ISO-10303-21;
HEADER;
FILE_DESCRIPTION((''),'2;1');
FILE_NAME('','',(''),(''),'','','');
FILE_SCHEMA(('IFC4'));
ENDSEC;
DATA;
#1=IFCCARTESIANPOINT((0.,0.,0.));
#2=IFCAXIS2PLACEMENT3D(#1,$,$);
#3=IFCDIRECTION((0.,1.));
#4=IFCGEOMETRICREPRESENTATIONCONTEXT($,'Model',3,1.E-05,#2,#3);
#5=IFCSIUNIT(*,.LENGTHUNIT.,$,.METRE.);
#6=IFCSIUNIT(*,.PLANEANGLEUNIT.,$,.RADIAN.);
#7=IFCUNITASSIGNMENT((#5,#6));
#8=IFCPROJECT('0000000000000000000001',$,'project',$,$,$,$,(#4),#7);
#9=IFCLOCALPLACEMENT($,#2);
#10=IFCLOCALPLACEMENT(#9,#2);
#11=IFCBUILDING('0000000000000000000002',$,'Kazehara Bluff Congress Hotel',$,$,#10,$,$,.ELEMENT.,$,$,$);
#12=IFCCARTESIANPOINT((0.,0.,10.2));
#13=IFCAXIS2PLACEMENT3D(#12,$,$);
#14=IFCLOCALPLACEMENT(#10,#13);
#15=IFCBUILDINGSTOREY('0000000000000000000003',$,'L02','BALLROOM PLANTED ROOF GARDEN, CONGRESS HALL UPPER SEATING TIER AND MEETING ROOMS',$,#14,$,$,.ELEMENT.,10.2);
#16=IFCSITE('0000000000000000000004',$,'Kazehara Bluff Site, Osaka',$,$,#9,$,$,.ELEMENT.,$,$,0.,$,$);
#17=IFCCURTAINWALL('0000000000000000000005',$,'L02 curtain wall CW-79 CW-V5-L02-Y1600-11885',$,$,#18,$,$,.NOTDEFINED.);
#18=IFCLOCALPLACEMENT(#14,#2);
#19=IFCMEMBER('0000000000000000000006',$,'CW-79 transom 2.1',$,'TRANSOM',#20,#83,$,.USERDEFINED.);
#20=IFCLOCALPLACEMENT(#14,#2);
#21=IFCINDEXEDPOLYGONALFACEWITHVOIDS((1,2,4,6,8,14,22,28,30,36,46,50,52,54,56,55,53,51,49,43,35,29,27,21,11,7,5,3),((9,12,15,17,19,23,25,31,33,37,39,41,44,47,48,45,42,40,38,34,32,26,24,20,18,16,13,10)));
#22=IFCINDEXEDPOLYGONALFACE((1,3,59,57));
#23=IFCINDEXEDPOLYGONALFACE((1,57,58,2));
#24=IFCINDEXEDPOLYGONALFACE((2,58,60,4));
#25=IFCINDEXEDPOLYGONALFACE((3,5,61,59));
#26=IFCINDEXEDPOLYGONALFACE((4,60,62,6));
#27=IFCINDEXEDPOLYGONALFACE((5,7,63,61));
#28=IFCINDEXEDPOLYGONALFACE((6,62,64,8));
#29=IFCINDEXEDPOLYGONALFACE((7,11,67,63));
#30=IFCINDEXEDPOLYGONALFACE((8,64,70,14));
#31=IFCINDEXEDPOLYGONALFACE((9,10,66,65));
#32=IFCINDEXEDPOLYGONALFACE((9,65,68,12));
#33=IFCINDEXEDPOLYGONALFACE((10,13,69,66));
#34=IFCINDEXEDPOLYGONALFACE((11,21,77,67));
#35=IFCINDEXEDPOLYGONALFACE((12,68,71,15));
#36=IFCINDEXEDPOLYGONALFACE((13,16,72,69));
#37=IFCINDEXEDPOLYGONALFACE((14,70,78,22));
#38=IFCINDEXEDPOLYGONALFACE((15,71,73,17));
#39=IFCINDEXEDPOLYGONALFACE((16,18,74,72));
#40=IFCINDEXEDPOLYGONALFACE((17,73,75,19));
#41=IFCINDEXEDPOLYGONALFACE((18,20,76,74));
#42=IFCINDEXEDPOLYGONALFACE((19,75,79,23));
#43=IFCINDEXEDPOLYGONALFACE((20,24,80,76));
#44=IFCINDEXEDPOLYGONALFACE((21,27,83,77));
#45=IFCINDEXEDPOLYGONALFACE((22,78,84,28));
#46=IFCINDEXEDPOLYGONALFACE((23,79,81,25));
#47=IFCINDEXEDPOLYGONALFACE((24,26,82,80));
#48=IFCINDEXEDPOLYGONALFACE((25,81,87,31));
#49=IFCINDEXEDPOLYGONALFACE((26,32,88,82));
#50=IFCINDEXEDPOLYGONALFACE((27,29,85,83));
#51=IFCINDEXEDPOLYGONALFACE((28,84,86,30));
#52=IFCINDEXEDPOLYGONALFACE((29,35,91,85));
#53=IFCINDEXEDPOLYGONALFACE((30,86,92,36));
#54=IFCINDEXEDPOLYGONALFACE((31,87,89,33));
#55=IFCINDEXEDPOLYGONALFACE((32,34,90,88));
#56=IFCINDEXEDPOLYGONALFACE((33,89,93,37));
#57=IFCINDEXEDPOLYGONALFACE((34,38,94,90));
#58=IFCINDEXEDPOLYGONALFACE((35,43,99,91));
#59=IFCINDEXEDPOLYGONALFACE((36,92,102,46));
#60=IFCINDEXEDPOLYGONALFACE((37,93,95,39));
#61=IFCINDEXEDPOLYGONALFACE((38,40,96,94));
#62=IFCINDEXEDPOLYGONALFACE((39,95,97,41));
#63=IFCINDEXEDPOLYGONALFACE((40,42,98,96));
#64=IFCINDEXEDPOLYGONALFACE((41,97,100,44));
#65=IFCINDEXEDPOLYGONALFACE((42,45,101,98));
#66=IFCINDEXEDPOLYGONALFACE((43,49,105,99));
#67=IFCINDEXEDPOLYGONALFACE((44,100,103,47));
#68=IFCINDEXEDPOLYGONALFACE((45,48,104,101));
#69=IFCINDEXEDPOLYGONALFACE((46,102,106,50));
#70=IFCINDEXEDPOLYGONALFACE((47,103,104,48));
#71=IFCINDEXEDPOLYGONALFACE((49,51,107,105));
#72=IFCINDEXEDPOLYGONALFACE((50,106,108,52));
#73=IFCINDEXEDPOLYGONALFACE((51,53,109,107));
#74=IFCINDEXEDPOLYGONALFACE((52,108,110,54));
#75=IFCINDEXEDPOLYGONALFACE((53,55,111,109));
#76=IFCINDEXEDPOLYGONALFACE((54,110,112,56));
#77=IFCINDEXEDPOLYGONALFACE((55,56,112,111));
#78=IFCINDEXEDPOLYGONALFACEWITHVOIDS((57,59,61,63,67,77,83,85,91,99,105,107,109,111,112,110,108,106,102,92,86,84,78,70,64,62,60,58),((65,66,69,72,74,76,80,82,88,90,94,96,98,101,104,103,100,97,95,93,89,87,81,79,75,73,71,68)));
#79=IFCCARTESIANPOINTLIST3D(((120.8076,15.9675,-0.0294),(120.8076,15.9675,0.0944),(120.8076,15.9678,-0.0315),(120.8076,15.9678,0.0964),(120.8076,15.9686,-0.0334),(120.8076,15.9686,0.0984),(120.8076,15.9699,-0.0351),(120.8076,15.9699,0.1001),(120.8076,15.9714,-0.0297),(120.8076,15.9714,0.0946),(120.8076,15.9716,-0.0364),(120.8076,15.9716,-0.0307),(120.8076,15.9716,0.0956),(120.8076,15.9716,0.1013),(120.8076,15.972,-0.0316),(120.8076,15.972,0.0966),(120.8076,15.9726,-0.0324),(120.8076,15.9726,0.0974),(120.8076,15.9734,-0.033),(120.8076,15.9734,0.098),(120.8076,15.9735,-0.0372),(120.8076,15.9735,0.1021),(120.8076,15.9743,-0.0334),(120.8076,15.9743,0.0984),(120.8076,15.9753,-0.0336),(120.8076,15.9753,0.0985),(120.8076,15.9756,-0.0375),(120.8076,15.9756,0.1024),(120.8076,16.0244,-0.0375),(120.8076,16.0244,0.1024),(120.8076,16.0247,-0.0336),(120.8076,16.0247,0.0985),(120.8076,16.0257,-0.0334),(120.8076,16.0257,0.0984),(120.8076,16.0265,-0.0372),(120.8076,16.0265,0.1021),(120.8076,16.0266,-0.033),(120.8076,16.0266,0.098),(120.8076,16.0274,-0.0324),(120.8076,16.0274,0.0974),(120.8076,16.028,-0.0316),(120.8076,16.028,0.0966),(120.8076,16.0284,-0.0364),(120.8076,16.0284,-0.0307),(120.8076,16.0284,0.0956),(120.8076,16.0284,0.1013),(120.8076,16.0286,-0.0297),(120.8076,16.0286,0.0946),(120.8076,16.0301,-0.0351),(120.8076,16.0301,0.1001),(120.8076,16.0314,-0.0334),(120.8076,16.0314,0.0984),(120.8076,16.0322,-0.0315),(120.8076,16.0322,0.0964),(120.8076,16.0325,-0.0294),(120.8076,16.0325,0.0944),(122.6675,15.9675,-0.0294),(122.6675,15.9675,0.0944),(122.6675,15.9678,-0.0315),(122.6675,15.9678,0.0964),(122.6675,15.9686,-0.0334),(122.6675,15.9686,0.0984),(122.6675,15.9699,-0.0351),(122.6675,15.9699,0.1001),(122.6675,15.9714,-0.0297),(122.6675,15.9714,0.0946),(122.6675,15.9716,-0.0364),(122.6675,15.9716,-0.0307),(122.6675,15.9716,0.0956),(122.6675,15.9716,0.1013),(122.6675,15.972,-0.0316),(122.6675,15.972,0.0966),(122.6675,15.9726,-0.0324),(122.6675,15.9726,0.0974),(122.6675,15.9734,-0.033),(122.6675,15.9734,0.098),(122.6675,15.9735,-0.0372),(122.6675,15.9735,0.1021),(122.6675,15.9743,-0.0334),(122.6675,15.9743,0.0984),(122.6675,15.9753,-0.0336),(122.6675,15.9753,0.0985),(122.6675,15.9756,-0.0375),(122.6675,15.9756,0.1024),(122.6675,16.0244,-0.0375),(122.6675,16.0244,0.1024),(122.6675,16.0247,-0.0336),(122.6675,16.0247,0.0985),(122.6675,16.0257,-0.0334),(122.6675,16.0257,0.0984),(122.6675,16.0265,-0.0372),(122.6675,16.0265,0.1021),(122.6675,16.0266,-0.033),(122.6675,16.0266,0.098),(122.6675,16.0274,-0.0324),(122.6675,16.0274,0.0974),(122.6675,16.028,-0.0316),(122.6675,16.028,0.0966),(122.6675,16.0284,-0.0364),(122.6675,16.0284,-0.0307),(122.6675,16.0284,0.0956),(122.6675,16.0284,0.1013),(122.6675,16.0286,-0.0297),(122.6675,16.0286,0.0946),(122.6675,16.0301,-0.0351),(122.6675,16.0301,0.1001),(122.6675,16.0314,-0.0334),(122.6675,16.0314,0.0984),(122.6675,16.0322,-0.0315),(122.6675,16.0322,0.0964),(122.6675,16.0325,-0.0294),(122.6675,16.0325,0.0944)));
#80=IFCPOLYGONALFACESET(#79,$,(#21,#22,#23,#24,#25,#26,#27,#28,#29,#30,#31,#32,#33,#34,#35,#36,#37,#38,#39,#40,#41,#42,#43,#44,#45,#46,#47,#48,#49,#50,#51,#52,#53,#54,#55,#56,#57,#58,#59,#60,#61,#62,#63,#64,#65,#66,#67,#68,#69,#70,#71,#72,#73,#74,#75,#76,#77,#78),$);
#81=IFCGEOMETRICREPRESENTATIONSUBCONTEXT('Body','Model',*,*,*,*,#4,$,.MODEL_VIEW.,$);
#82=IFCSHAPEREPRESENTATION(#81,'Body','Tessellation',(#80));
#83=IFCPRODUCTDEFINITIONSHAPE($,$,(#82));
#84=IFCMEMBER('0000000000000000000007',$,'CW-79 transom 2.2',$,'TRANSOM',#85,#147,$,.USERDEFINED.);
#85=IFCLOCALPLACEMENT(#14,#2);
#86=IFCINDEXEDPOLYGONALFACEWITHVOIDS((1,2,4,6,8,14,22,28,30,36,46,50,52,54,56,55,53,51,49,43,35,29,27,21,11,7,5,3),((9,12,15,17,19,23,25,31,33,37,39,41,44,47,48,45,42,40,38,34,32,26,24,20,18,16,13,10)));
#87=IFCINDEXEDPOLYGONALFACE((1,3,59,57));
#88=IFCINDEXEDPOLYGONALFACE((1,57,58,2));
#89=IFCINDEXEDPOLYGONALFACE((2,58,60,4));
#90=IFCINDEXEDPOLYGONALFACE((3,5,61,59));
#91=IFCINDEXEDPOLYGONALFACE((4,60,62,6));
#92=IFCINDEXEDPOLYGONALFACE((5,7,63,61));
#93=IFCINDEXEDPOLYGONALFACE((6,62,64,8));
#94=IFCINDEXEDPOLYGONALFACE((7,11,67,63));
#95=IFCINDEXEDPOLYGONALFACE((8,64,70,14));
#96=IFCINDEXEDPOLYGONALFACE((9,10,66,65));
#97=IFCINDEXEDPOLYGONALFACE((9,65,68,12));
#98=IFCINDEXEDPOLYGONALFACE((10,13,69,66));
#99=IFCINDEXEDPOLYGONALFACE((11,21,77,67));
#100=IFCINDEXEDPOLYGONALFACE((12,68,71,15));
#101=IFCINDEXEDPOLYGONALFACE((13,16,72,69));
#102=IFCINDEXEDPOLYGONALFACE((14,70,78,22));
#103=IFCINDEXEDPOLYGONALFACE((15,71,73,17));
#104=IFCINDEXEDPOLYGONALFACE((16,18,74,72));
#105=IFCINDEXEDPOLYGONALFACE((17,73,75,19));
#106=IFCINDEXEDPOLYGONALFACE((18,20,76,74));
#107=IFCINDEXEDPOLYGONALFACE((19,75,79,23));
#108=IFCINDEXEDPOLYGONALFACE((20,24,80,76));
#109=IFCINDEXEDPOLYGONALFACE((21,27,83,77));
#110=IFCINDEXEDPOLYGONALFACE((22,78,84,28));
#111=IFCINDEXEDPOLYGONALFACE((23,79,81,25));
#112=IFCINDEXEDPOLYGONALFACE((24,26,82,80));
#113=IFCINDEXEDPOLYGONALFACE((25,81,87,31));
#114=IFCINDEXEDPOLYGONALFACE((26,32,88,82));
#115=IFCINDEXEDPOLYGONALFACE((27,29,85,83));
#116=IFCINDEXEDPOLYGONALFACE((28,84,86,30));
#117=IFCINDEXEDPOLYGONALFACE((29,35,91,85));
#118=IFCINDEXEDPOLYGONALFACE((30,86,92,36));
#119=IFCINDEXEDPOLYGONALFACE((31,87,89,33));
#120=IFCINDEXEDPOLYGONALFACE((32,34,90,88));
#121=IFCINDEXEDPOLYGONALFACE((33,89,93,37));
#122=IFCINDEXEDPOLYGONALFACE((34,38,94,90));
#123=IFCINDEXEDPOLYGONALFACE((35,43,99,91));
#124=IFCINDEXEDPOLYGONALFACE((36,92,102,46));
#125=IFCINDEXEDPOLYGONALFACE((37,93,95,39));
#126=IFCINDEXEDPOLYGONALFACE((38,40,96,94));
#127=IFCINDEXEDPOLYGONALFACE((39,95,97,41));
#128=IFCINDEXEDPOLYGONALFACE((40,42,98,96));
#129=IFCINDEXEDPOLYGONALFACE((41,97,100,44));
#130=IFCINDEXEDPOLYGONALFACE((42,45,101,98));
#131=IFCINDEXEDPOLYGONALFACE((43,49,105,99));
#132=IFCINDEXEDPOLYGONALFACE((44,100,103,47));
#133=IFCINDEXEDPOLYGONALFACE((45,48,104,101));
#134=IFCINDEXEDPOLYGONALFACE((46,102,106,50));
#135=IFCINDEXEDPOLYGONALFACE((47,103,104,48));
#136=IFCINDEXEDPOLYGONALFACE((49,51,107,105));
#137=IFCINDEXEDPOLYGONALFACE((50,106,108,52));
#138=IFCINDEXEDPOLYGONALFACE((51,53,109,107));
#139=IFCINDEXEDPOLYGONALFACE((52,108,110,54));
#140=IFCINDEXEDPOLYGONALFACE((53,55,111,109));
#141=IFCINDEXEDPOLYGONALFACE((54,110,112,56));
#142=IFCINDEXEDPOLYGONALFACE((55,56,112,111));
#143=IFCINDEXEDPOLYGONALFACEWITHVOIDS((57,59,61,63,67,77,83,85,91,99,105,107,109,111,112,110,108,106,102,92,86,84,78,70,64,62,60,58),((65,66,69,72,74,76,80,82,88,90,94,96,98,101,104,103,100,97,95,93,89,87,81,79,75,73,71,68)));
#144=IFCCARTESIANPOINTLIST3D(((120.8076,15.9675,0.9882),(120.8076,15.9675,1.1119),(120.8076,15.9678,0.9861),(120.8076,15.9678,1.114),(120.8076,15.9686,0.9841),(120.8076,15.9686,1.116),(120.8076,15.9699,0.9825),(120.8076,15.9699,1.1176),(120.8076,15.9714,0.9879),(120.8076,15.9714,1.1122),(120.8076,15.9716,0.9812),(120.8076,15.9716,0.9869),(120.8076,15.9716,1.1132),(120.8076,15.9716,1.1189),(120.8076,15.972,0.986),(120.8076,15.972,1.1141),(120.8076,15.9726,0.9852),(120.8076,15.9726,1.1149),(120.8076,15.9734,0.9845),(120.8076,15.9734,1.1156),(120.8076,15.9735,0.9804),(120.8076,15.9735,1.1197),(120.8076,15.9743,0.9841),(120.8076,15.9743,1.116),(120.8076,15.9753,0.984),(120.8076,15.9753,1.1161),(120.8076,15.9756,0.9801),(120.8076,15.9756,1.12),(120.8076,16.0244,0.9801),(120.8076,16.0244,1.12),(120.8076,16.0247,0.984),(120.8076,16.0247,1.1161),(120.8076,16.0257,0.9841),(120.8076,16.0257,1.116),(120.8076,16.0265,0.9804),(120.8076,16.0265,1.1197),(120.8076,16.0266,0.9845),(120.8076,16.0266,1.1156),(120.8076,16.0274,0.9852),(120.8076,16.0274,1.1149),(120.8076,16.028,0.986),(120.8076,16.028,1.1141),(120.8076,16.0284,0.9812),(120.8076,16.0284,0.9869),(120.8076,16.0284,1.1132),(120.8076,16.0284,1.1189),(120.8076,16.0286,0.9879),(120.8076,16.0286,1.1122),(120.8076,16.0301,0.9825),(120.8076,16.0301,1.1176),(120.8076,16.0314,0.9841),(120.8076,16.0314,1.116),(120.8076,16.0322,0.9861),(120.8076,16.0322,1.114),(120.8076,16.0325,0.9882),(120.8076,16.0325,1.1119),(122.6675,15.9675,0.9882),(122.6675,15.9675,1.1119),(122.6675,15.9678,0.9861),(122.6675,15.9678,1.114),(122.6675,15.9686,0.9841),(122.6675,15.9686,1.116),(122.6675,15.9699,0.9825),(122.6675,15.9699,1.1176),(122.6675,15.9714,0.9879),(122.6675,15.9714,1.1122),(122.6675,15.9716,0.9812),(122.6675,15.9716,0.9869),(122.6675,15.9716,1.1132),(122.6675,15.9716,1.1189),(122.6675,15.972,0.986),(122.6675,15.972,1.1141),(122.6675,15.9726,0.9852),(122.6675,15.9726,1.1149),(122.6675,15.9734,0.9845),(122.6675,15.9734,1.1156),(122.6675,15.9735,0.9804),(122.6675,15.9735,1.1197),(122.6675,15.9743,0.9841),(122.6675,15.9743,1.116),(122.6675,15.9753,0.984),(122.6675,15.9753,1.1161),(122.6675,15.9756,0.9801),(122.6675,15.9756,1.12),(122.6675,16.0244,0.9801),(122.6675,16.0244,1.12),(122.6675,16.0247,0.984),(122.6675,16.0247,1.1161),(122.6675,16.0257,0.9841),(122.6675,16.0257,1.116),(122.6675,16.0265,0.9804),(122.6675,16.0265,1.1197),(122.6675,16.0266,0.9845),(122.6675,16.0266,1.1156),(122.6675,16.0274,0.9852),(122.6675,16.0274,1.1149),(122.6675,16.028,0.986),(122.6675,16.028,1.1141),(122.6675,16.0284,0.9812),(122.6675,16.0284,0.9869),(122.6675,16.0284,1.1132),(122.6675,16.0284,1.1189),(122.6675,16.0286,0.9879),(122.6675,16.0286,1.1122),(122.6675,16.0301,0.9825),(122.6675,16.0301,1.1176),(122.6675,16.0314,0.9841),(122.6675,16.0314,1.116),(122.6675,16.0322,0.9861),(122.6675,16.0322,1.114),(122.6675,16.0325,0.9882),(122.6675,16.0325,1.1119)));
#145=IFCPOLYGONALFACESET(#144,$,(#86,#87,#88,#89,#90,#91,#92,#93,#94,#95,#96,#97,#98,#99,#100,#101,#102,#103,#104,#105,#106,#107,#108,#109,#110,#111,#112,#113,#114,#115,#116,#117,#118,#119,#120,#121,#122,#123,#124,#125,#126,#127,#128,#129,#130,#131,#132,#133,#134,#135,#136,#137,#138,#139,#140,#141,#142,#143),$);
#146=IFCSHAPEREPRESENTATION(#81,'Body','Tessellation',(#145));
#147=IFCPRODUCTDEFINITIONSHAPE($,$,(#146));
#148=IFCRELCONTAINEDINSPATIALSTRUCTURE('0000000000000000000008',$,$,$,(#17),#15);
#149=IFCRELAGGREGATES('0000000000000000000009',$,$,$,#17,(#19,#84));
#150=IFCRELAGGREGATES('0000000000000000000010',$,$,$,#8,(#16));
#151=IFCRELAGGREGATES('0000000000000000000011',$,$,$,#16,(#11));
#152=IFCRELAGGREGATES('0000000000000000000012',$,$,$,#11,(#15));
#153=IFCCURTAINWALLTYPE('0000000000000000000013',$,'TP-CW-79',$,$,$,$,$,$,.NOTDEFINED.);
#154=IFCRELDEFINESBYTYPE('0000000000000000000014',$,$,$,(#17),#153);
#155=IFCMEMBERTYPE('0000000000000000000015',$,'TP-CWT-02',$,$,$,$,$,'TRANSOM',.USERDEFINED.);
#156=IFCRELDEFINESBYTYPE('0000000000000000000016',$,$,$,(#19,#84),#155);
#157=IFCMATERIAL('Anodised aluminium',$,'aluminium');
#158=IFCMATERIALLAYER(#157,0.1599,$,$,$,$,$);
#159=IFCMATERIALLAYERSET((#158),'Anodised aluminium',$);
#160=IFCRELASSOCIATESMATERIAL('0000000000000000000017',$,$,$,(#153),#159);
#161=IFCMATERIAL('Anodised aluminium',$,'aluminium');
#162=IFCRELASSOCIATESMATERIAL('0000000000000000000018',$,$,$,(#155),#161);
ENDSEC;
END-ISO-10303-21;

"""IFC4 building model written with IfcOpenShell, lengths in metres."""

from ifc_helpers import new_model, si_unit, direction, frame, origin, origin_2d, place, context, subcontext, project, spatial, hollow_rectangle, extrude, material, layer, layer_set, material_profile, profile_set, type_object, element, aggregate, save


model = new_model("IFC4")

# Units and contexts
model_context = context("Model", 3, precision=1e-05, world=origin(), true_north=direction((0.0, 1.0)))
body_context = subcontext(model_context, "Body", "Model", "MODEL_VIEW")
ifc_project = project(units=[si_unit("LENGTHUNIT", "METRE"), si_unit("PLANEANGLEUNIT", "RADIAN")], contexts=[model_context])

# Site, building, storey
site_placement = place(None, origin())
site = spatial("IfcSite", under=ifc_project, at=site_placement, Name="Kazehara Bluff Site, Osaka", CompositionType="ELEMENT", RefElevation=0.0)
building_placement = place(site_placement, origin())
building = spatial("IfcBuilding", under=site, at=building_placement, Name="Kazehara Bluff Congress Hotel", CompositionType="ELEMENT")
storey_placement = place(building_placement, frame((0.0, 0.0, 10.2)))
storey = spatial("IfcBuildingStorey", under=building, at=storey_placement, Name="L02", Description="BALLROOM PLANTED ROOF GARDEN, CONGRESS HALL UPPER SEATING TIER AND MEETING ROOMS", CompositionType="ELEMENT", Elevation=10.2)

# Curtain wall
ifc_material_1 = material(Name="Anodised aluminium", Category="aluminium")
ifc_layer_1 = layer(ifc_material_1, 0.1599)
ifc_layer_set_1 = layer_set([ifc_layer_1], Name="Anodised aluminium")
curtain_wall_type_1 = type_object("IfcCurtainWallType", Name="TP-CW-79", PredefinedType="NOTDEFINED", material=ifc_layer_set_1)
curtain_wall_1_placement = place(storey_placement, origin())
curtain_wall_1 = element("IfcCurtainWall", 1, at=curtain_wall_1_placement, inside=storey, type_object=curtain_wall_type_1, Name="L02 curtain wall CW-79 CW-V5-L02-Y1600-11885", PredefinedType="NOTDEFINED")

# Members
ifc_material_2 = material(Name="Anodised aluminium", Category="aluminium")
ifc_material_profile_1 = material_profile(ifc_material_2, hollow_rectangle(XDim=0.0649, YDim=0.1399, WallThickness=0.0039, InnerFilletRadius=0.0039, OuterFilletRadius=0.0081, at=origin_2d()))
ifc_profile_set_1 = profile_set([ifc_material_profile_1], Name="Anodised aluminium")
member_type_1 = type_object("IfcMemberType", Name="TP-CWT-02", ElementType="TRANSOM", PredefinedType="USERDEFINED", material=ifc_profile_set_1)
member_1_placement = place(storey_placement, frame((120.8076, 16.0, 0.0325), z_axis=(1.0, 0.0, 0.0), x_axis=(0.0, 1.0, 0.0)))
member_1 = element("IfcMember", 2, at=member_1_placement, type_object=member_type_1, Name="CW-79 transom 2.1", ObjectType="TRANSOM", PredefinedType="USERDEFINED", context=body_context, shape_type="SweptSolid", body=[
    extrude(hollow_rectangle(XDim=0.0649, YDim=0.1399, WallThickness=0.0039, InnerFilletRadius=0.0039, OuterFilletRadius=0.0081, at=origin_2d()), origin(), (0.0, 0.0, 1.0), 1.8599),
])
member_2_placement = place(storey_placement, frame((120.8076, 16.0, 1.05), z_axis=(1.0, 0.0, 0.0), x_axis=(0.0, 1.0, 0.0)))
member_2 = element("IfcMember", 3, at=member_2_placement, type_object=member_type_1, Name="CW-79 transom 2.2", ObjectType="TRANSOM", PredefinedType="USERDEFINED", context=body_context, shape_type="SweptSolid", body=[
    extrude(hollow_rectangle(XDim=0.0649, YDim=0.1399, WallThickness=0.0039, InnerFilletRadius=0.0039, OuterFilletRadius=0.0081, at=origin_2d()), origin(), (0.0, 0.0, 1.0), 1.8599),
])

aggregate(curtain_wall_1, [member_1, member_2])

save(model, "model.ifc")
